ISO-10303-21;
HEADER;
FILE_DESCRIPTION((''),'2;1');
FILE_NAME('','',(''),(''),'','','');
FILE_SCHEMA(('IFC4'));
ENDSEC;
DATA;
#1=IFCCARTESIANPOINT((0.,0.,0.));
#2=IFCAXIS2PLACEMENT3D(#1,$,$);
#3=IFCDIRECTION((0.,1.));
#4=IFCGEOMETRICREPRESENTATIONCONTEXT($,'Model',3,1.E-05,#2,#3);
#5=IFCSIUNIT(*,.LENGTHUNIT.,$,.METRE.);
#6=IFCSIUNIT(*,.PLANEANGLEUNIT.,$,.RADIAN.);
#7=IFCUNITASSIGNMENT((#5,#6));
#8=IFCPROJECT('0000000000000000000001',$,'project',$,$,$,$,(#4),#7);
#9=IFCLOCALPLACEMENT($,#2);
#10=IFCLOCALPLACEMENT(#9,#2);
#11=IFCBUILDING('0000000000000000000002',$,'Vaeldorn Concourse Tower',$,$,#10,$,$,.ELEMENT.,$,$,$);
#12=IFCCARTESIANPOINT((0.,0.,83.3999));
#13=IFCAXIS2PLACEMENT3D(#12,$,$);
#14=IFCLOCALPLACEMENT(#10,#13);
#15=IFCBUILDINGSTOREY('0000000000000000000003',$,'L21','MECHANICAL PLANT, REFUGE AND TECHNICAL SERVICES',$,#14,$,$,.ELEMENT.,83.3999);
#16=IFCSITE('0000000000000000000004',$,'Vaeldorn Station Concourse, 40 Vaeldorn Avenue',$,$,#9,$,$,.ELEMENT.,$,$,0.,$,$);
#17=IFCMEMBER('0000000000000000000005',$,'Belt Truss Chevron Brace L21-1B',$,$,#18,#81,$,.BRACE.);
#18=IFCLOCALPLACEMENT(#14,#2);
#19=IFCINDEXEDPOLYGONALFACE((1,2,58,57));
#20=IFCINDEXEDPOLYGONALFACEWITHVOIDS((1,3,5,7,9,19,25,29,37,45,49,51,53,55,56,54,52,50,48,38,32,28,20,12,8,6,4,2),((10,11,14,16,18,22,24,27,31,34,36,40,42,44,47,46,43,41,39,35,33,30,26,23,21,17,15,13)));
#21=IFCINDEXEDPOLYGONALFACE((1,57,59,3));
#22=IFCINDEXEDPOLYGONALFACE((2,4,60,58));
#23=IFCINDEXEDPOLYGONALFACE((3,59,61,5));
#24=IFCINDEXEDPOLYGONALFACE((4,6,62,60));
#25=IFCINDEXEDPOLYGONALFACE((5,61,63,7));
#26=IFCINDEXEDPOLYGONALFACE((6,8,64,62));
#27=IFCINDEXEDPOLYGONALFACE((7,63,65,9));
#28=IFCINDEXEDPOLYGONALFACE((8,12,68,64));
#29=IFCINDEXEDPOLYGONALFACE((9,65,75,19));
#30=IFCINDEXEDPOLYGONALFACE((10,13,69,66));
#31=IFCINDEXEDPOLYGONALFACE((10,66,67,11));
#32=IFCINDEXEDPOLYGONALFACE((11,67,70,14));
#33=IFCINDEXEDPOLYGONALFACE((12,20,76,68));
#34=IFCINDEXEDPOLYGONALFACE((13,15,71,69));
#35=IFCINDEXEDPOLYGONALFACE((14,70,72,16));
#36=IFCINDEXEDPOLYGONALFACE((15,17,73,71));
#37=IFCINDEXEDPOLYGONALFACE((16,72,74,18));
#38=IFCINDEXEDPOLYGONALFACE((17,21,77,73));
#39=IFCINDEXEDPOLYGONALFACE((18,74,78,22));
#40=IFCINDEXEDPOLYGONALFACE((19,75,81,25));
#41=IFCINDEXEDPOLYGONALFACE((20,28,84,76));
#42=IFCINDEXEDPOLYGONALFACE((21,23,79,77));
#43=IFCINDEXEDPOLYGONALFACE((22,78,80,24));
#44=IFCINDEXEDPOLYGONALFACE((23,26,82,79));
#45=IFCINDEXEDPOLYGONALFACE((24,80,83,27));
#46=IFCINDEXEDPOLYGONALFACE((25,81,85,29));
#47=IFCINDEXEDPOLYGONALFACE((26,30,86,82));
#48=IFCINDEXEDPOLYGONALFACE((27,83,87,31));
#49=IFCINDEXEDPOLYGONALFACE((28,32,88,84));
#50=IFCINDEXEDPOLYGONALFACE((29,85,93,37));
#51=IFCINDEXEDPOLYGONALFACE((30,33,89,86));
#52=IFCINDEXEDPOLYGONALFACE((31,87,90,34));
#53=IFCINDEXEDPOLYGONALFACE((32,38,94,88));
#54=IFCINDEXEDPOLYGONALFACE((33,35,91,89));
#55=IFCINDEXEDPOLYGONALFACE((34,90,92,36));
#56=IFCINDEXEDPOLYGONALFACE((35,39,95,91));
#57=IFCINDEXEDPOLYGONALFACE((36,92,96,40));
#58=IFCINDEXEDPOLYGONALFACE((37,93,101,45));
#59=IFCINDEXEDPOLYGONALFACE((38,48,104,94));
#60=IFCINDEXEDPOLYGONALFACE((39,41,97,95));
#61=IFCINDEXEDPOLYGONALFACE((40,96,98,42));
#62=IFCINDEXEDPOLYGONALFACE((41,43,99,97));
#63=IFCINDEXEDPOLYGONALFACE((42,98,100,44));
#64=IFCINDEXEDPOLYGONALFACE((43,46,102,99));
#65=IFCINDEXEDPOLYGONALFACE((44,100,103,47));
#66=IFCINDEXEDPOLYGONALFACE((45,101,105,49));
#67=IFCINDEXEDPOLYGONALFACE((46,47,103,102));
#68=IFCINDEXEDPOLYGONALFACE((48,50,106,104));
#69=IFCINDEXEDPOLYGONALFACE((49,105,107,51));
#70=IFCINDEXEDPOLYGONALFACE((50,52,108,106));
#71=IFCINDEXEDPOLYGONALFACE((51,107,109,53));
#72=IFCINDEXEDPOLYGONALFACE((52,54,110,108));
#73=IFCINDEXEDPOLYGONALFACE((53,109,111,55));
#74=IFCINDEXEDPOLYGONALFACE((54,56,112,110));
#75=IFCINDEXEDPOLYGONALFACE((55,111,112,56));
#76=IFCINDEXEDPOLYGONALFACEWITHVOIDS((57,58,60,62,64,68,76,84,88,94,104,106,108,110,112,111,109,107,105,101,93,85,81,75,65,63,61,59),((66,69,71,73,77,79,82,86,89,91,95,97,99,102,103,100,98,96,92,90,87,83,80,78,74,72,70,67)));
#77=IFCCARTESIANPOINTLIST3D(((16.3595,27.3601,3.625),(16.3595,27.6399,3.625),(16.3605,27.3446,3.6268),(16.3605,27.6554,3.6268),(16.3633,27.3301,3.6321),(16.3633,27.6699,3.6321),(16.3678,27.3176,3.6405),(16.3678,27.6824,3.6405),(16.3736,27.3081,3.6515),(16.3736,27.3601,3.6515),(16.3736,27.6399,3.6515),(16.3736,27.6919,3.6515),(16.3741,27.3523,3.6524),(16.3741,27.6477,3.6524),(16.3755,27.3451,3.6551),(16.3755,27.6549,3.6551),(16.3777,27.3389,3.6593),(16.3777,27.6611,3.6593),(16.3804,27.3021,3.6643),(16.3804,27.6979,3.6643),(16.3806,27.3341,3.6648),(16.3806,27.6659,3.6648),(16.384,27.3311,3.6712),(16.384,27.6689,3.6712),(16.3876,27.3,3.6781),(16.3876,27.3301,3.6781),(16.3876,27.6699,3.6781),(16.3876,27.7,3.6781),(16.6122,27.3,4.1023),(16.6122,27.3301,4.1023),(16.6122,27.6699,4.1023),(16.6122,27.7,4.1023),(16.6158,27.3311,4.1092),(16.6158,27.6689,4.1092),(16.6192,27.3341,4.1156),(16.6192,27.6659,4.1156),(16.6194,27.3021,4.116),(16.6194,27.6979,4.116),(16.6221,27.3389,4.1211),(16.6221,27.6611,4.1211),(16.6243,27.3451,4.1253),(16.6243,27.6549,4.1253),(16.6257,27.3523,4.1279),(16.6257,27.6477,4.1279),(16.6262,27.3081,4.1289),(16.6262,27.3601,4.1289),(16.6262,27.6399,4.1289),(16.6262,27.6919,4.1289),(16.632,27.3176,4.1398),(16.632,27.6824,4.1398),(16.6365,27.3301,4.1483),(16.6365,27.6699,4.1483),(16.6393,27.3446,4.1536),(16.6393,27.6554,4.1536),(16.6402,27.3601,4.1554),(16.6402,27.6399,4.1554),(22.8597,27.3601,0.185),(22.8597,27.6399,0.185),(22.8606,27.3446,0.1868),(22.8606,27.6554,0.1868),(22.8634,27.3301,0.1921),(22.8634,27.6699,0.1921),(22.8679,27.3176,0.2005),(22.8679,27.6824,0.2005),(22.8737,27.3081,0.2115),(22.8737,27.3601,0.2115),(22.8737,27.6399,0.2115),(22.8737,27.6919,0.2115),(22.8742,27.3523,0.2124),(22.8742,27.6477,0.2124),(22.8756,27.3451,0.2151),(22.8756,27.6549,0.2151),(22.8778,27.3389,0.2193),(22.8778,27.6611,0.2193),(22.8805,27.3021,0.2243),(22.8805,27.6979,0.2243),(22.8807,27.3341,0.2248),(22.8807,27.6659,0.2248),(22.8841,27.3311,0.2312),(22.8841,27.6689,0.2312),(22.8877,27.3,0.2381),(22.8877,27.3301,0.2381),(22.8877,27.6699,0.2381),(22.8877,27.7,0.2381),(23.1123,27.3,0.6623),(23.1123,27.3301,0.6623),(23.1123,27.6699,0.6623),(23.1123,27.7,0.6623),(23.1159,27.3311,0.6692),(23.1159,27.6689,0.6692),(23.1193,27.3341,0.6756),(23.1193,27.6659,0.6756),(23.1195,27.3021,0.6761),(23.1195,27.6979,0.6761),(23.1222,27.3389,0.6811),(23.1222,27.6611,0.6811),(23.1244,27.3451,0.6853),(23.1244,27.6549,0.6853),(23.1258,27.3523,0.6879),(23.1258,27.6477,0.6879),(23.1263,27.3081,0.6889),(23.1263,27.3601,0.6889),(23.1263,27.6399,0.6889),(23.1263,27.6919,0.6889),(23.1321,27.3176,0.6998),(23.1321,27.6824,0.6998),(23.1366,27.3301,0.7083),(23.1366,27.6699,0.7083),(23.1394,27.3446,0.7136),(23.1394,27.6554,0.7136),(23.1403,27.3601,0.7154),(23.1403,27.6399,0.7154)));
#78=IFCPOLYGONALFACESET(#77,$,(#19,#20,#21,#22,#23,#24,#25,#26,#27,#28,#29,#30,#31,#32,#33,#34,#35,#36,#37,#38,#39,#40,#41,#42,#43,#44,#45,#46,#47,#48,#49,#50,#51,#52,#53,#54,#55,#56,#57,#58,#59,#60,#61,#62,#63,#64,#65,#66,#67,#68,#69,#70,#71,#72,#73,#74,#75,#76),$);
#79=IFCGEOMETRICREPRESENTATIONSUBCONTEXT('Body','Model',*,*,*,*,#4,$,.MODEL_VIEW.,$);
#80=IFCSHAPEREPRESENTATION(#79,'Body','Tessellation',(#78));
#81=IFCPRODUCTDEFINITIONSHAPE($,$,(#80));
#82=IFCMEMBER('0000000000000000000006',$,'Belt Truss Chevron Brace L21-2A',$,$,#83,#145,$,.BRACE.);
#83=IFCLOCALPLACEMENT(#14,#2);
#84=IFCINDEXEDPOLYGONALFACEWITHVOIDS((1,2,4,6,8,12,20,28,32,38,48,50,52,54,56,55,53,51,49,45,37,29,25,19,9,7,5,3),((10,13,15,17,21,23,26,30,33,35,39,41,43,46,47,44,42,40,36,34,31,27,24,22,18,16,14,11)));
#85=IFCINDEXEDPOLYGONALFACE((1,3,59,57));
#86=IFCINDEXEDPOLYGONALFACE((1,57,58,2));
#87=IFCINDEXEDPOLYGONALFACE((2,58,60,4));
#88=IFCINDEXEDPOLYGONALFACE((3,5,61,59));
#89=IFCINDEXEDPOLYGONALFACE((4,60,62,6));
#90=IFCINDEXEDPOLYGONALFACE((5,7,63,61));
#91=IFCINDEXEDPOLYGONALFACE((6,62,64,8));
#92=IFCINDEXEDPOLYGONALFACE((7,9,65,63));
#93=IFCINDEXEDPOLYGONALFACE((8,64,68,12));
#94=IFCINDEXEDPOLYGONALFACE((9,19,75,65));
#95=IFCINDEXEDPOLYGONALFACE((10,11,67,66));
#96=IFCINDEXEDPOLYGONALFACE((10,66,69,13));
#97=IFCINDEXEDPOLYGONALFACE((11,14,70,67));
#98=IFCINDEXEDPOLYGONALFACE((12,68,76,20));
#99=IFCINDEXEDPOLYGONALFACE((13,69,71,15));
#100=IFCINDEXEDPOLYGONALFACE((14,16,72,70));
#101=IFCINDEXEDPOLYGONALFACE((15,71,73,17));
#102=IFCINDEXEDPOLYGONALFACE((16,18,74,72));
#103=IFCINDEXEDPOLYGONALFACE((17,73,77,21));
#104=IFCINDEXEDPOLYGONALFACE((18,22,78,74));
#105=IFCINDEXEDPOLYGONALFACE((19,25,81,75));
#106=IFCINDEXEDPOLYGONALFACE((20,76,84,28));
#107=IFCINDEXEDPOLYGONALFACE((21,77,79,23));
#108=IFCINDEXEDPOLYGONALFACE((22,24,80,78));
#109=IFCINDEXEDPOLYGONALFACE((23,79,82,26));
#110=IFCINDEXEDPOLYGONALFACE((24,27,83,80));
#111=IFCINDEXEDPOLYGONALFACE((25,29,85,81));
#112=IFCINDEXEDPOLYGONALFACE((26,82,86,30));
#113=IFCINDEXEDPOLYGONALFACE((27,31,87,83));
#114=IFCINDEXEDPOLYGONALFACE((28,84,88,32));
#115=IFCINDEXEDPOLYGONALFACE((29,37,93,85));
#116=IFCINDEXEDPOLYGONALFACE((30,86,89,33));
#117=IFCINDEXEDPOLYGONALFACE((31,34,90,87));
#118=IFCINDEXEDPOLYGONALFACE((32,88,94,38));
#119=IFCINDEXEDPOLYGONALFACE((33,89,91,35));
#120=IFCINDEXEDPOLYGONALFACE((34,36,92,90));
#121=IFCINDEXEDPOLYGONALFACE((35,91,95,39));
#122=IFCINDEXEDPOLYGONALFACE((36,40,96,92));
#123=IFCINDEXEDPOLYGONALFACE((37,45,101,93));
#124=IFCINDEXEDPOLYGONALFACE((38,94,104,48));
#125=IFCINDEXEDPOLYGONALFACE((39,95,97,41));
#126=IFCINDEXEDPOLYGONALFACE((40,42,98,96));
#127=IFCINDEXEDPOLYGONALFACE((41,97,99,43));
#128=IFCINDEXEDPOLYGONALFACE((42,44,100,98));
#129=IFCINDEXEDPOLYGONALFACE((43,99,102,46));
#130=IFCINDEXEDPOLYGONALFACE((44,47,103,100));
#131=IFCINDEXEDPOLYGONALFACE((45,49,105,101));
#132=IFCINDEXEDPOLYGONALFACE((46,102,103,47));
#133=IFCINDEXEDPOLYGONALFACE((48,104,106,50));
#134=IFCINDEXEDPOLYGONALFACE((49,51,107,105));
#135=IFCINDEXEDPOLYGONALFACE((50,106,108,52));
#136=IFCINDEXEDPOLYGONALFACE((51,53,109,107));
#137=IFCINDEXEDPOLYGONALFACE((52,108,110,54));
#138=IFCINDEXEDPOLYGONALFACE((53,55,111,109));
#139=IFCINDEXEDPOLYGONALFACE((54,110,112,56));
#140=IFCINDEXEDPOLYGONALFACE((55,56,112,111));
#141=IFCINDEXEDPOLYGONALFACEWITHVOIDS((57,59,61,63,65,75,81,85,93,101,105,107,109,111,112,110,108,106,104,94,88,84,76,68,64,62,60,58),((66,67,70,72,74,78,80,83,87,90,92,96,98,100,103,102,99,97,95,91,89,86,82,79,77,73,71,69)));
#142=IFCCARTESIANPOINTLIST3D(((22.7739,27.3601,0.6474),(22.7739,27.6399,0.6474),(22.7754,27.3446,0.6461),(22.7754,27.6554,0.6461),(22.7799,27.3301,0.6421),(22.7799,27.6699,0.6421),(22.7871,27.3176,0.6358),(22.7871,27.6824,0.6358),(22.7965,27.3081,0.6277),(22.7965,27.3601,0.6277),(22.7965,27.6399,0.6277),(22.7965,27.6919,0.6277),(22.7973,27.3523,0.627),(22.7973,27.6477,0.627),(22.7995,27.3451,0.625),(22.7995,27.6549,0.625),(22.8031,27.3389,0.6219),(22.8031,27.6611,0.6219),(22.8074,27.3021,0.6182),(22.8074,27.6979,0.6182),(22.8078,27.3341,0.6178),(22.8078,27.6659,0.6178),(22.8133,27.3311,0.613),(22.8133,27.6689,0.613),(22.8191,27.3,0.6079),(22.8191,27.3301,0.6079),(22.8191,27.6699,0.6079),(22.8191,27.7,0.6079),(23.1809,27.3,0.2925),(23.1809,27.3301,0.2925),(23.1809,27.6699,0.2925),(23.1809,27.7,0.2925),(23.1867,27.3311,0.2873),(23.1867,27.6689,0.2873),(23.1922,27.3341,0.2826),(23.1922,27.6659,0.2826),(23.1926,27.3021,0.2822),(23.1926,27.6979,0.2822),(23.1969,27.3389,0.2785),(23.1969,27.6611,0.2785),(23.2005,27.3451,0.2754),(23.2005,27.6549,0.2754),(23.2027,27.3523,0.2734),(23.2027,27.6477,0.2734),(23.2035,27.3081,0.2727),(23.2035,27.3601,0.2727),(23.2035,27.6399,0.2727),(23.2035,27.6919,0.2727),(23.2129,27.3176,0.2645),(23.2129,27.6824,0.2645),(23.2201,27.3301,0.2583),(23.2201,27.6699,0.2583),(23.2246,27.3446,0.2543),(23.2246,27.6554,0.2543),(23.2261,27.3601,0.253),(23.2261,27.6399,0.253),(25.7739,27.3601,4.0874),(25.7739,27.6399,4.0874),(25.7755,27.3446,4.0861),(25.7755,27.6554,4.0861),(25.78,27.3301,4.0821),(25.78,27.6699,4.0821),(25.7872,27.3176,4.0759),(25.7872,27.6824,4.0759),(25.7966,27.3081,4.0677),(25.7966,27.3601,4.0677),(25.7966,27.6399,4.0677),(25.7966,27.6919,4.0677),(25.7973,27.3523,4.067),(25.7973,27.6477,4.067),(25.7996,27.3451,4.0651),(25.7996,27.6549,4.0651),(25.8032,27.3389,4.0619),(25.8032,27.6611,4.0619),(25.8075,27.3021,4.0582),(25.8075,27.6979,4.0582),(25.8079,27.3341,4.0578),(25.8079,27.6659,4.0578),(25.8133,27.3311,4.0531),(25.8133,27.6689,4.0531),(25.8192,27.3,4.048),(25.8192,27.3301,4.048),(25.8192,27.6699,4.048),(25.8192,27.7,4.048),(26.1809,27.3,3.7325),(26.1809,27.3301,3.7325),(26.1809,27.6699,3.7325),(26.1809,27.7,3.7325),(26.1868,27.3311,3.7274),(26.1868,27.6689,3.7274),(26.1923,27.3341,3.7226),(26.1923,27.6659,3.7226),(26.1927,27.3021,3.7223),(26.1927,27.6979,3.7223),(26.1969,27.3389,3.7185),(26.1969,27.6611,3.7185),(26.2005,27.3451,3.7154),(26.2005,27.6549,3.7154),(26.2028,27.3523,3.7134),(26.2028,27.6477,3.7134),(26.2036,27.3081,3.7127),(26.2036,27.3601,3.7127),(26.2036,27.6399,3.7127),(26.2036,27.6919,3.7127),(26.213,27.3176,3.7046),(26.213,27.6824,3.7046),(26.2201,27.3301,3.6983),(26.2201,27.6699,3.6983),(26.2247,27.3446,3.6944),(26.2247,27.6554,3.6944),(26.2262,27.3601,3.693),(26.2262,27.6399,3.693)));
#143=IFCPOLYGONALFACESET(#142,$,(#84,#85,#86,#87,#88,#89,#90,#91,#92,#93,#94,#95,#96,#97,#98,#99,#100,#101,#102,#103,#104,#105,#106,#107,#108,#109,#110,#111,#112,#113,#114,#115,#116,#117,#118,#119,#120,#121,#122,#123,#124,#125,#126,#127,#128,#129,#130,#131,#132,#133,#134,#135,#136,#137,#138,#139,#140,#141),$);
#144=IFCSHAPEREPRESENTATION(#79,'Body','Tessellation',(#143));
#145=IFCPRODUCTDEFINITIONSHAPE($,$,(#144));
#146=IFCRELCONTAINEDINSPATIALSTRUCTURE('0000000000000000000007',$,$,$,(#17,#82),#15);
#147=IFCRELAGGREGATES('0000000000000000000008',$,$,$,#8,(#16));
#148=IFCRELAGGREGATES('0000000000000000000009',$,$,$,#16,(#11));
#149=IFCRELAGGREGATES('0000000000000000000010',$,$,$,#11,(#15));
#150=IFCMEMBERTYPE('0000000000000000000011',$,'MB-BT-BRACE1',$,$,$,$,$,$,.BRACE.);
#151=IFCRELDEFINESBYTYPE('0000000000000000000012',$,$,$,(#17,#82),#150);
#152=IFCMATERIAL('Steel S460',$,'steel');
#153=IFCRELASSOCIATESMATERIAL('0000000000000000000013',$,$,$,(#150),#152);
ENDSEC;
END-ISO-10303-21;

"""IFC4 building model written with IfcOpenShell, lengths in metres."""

from ifc_helpers import new_model, si_unit, direction, frame, origin, origin_2d, place, context, subcontext, project, spatial, hollow_rectangle, extrude, source, transform, mapped, material, material_profile, profile_set, type_object, element, save


model = new_model("IFC4")

# Units and contexts
model_context = context("Model", 3, precision=1e-05, world=origin(), true_north=direction((0.0, 1.0)))
body_context = subcontext(model_context, "Body", "Model", "MODEL_VIEW")
ifc_project = project(units=[si_unit("LENGTHUNIT", "METRE"), si_unit("PLANEANGLEUNIT", "RADIAN")], contexts=[model_context])

# Site, building, storey
site_placement = place(None, origin())
site = spatial("IfcSite", under=ifc_project, at=site_placement, Name="Vaeldorn Station Concourse, 40 Vaeldorn Avenue", CompositionType="ELEMENT", RefElevation=0.0)
building_placement = place(site_placement, origin())
building = spatial("IfcBuilding", under=site, at=building_placement, Name="Vaeldorn Concourse Tower", CompositionType="ELEMENT")
storey_placement = place(building_placement, frame((0.0, 0.0, 83.3999)))
storey = spatial("IfcBuildingStorey", under=building, at=storey_placement, Name="L21", Description="MECHANICAL PLANT, REFUGE AND TECHNICAL SERVICES", CompositionType="ELEMENT", Elevation=83.3999)

# Shared definitions
ifc_material_1 = material(Name="Steel S460", Category="steel")

# Members
ifc_material_profile_1 = material_profile(ifc_material_1, hollow_rectangle(XDim=0.3999, YDim=0.6001, WallThickness=0.03, InnerFilletRadius=0.03, OuterFilletRadius=0.0601, at=origin_2d()), Name="RHS 600x400x30")
ifc_profile_set_1 = profile_set([ifc_material_profile_1], Name="Steel S460")
member_type_1 = type_object("IfcMemberType", Name="MB-BT-BRACE1", PredefinedType="BRACE", material=ifc_profile_set_1)
shared_shape_1 = source(origin(), body_context, "Body", "SweptSolid", [
    extrude(hollow_rectangle(XDim=0.3999, YDim=0.6001, WallThickness=0.03, InnerFilletRadius=0.03, OuterFilletRadius=0.0601, at=origin_2d()), origin(), (0.0, 0.0, 1.0), 7.3542),
])
member_1_placement = place(storey_placement, frame((23.0, 27.5, 0.4502), z_axis=(-0.883857, 0.0, 0.467757), x_axis=(0.0, -1.0, 0.0)))
element("IfcMember", 1, at=member_1_placement, inside=storey, type_object=member_type_1, Name="Belt Truss Chevron Brace L21-1B", PredefinedType="BRACE", context=body_context, shape_type="MappedRepresentation", body=[
    mapped(shared_shape_1, transform((0.0, 0.0, 0.0), scale=1.0)),
])
shared_shape_2 = source(origin(), body_context, "Body", "SweptSolid", [
    extrude(hollow_rectangle(XDim=0.3999, YDim=0.6001, WallThickness=0.03, InnerFilletRadius=0.03, OuterFilletRadius=0.0601, at=origin_2d()), origin(), (0.0, 0.0, 1.0), 4.5645),
])
for number, where, z_axis, x_axis, name in (
    (2, (23.0, 27.5, 0.4502), (0.657269, 0.0, 0.753656), (0.0, 1.0, 0.0), "Belt Truss Chevron Brace L21-2A"),
):
    element("IfcMember", number, at=place(storey_placement, frame(where, z_axis=z_axis, x_axis=x_axis)), inside=storey, type_object=member_type_1, Name=name, PredefinedType="BRACE", context=body_context, shape_type="MappedRepresentation", body=[
        mapped(shared_shape_2, transform((0.0, 0.0, 0.0), scale=1.0)),
    ])

save(model, "model.ifc")
